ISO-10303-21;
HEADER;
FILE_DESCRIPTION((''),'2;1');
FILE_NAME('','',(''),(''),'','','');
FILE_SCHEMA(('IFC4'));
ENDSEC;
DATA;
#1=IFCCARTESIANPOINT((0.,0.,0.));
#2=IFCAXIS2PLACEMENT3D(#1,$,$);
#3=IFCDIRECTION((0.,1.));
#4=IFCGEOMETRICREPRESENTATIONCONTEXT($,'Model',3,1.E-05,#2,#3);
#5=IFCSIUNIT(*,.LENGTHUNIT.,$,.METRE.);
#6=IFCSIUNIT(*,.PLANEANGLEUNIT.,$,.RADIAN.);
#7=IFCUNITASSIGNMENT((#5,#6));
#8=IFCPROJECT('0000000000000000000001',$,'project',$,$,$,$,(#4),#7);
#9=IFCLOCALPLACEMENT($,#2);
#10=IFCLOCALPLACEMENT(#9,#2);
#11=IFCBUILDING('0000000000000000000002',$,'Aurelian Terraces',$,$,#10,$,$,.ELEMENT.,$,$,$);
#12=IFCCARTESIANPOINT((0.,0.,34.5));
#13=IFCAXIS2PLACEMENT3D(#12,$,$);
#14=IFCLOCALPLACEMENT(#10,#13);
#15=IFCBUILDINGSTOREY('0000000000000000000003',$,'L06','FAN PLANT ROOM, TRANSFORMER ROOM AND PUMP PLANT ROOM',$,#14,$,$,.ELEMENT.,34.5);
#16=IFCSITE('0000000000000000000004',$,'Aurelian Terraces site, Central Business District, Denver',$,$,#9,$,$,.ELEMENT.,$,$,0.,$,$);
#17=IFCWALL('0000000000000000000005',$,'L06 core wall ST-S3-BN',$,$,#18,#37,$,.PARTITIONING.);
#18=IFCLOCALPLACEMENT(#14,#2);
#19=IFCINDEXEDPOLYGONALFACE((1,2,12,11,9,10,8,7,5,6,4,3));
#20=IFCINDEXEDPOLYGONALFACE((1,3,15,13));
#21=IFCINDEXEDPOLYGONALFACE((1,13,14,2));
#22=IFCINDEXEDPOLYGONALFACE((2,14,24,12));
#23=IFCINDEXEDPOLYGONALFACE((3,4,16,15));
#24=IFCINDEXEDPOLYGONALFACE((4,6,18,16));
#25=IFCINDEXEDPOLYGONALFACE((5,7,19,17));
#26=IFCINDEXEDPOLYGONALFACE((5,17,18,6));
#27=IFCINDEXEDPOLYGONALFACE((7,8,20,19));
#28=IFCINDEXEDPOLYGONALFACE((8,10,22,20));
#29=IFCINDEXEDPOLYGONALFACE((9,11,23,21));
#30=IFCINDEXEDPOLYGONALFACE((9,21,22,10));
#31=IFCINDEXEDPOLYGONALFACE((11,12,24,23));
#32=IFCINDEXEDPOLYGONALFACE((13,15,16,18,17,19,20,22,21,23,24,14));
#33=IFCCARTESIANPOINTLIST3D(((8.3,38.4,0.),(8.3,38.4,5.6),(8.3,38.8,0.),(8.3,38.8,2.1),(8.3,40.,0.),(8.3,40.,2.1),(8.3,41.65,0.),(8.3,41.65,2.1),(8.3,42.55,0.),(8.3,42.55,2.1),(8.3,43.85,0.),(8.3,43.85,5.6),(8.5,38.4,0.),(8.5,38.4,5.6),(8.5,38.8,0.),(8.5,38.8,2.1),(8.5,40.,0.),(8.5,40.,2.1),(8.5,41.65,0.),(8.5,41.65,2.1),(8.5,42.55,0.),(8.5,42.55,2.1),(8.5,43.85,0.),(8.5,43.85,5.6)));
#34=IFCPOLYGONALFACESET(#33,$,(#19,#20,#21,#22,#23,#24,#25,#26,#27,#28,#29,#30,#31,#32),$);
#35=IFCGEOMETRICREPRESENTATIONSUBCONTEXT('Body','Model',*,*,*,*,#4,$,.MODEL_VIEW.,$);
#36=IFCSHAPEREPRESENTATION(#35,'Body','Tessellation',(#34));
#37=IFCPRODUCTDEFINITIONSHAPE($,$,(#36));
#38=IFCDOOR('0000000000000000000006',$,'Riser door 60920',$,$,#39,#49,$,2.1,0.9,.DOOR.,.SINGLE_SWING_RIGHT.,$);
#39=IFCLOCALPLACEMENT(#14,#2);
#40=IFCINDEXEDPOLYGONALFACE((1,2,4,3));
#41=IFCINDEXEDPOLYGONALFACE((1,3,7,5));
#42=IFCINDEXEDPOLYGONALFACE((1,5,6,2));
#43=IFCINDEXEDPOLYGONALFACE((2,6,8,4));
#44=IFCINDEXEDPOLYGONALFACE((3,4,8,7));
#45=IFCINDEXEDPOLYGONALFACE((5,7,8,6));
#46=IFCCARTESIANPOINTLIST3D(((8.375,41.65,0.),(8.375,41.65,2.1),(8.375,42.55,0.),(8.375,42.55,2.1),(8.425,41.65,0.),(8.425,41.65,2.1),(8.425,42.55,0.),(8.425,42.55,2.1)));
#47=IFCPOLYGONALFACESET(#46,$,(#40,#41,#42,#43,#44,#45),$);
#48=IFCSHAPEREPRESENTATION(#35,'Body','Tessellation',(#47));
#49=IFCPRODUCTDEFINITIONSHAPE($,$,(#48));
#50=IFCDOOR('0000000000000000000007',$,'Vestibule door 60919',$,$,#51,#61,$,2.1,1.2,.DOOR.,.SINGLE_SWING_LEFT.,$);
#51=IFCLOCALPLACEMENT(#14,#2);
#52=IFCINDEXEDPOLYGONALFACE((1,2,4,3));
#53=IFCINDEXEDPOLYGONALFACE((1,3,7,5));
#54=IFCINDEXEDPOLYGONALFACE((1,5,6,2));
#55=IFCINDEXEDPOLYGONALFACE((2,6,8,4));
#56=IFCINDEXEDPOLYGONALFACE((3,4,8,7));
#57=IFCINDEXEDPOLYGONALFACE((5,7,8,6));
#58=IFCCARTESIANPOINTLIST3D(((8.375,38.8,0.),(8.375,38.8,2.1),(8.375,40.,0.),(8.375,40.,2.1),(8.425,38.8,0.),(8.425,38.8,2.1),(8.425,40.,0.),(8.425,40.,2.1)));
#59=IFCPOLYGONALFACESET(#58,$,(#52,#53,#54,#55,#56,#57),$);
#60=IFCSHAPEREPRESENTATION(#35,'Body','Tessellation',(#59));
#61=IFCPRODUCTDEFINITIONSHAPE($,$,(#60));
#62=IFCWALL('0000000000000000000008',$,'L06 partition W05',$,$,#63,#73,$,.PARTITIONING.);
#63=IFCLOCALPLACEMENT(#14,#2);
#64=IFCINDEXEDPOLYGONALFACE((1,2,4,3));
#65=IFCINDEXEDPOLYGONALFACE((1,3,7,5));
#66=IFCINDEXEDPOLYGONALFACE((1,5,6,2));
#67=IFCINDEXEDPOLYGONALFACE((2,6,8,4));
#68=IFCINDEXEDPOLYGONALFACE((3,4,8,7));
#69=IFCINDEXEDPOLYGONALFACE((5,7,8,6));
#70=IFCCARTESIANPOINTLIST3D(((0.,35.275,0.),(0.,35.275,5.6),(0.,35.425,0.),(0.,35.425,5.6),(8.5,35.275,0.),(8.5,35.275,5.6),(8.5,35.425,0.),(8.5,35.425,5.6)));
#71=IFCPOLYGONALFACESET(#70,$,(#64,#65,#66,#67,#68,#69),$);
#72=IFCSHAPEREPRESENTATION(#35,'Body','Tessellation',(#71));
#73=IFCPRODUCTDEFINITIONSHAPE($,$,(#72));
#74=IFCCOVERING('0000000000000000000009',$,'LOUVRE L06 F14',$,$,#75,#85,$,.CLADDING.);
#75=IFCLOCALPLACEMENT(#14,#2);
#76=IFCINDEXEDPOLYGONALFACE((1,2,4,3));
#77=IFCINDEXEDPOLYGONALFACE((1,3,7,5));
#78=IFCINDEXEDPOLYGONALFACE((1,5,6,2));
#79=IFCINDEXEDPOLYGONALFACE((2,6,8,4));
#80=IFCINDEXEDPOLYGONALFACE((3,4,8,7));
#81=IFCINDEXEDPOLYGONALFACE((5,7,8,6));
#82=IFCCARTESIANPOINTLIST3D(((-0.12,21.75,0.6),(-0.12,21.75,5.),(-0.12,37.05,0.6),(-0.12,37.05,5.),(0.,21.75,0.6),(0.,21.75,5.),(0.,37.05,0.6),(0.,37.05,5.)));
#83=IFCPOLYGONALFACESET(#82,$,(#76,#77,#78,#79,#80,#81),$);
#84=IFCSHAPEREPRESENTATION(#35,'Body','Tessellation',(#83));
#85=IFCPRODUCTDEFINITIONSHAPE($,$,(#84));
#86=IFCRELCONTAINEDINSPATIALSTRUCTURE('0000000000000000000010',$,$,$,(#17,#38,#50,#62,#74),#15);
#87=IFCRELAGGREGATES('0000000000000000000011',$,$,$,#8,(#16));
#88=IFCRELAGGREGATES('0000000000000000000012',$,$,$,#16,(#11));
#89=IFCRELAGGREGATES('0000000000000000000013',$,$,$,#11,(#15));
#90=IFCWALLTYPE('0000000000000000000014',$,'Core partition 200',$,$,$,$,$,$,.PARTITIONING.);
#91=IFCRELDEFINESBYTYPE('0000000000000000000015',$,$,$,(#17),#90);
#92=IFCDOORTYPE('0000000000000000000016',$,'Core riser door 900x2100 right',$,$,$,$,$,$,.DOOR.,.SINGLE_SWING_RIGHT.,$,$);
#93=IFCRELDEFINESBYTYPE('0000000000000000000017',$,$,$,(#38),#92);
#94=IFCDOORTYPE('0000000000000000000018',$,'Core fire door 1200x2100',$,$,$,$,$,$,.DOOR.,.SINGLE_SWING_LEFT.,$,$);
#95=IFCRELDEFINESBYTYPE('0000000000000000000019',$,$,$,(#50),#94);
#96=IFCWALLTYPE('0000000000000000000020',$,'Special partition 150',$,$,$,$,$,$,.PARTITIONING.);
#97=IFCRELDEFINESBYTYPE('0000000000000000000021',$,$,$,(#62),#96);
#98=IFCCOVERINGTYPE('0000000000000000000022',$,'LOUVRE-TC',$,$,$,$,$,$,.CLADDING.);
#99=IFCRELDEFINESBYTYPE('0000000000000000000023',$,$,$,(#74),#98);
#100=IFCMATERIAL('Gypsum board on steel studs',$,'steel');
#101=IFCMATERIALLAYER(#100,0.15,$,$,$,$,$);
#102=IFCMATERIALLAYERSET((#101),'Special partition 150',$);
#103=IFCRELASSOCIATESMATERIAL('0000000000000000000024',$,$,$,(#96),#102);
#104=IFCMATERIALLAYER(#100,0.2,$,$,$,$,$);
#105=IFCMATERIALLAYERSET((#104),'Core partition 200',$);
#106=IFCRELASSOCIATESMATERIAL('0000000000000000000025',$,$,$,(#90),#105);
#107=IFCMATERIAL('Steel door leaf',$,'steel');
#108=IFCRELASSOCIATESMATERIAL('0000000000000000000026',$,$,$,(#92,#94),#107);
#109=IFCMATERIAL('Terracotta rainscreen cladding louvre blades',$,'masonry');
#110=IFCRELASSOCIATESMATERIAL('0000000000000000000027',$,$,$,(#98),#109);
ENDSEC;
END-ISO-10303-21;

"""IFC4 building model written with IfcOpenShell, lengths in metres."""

from ifc_helpers import new_model, si_unit, direction, frame, frame_2d, origin, origin_2d, place, context, subcontext, project, spatial, rectangle, extrude, source, transform, mapped, material, layer, layer_set, type_object, element, fill, save


model = new_model("IFC4")

# Units and contexts
model_context = context("Model", 3, precision=1e-05, world=origin(), true_north=direction((0.0, 1.0)))
body_context = subcontext(model_context, "Body", "Model", "MODEL_VIEW")
ifc_project = project(units=[si_unit("LENGTHUNIT", "METRE"), si_unit("PLANEANGLEUNIT", "RADIAN")], contexts=[model_context])

# Site, building, storey
site_placement = place(None, origin())
site = spatial("IfcSite", under=ifc_project, at=site_placement, Name="Aurelian Terraces site, Central Business District, Denver", CompositionType="ELEMENT", RefElevation=0.0)
building_placement = place(site_placement, origin())
building = spatial("IfcBuilding", under=site, at=building_placement, Name="Aurelian Terraces", CompositionType="ELEMENT")
storey_placement = place(building_placement, frame((0.0, 0.0, 34.5)))
storey = spatial("IfcBuildingStorey", under=building, at=storey_placement, Name="L06", Description="FAN PLANT ROOM, TRANSFORMER ROOM AND PUMP PLANT ROOM", CompositionType="ELEMENT", Elevation=34.5)

# Shared definitions
ifc_material_1 = material(Name="Gypsum board on steel studs", Category="steel")
ifc_layer_1 = layer(ifc_material_1, 0.15)
ifc_layer_set_1 = layer_set([ifc_layer_1], Name="Special partition 150")
wall_type_1 = type_object("IfcWallType", Name="Special partition 150", PredefinedType="PARTITIONING", material=ifc_layer_set_1)

# Shared definitions
ifc_material_2 = material(Name="Steel door leaf", Category="steel")
shared_shape_1 = source(origin(), body_context, "Body", "SweptSolid", [
    extrude(rectangle(XDim=1.2, YDim=2.1, at=frame_2d((0.6, 1.05))), frame((0.0, 0.025, 0.0), z_axis=(0.0, -1.0, 0.0), x_axis=(1.0, 0.0, 0.0)), (0.0, 0.0, 1.0), 0.05),
])

# Shared definitions
ifc_layer_2 = layer(ifc_material_1, 0.2)
ifc_layer_set_2 = layer_set([ifc_layer_2], Name="Core partition 200")
wall_type_2 = type_object("IfcWallType", Name="Core partition 200", PredefinedType="PARTITIONING", material=ifc_layer_set_2)

# Wall, openings, doors
shared_shape_2 = source(origin(), body_context, "Body", "SweptSolid", [
    extrude(rectangle(XDim=5.45, YDim=0.2, at=frame_2d((2.725, 0.0))), origin(), (0.0, 0.0, 1.0), 5.6),
])
wall_1_placement = place(storey_placement, frame((8.4, 38.4, 0.0), z_axis=(0.0, 0.0, 1.0), x_axis=(0.0, 1.0, 0.0)))
wall_1 = element("IfcWall", 1, at=wall_1_placement, inside=storey, type_object=wall_type_2, Name="L06 core wall ST-S3-BN", PredefinedType="PARTITIONING", context=body_context, shape_type="MappedRepresentation", body=[
    mapped(shared_shape_2, transform((0.0, 0.0, 0.0), scale=1.0)),
])
shared_shape_3 = source(origin(), body_context, "Body", "SweptSolid", [
    extrude(rectangle(XDim=1.2, YDim=2.1, at=frame_2d((0.6, 1.05))), frame((0.0, 0.11, 0.0), z_axis=(0.0, -1.0, 0.0), x_axis=(1.0, 0.0, 0.0)), (0.0, 0.0, 1.0), 0.22),
])
opening_1_placement = place(wall_1_placement, frame((0.4, 0.0, 0.0)))
opening_1 = element("IfcOpeningElement", 2, at=opening_1_placement, cuts=wall_1, PredefinedType="OPENING", context=body_context, shape_type="MappedRepresentation", body=[
    mapped(shared_shape_3, transform((0.0, 0.0, 0.0), scale=1.0)),
])
shared_shape_4 = source(origin(), body_context, "Body", "SweptSolid", [
    extrude(rectangle(XDim=0.9, YDim=2.1, at=frame_2d((0.45, 1.05))), frame((0.0, 0.11, 0.0), z_axis=(0.0, -1.0, 0.0), x_axis=(1.0, 0.0, 0.0)), (0.0, 0.0, 1.0), 0.22),
])
opening_2_placement = place(wall_1_placement, frame((3.25, 0.0, 0.0)))
opening_2 = element("IfcOpeningElement", 3, at=opening_2_placement, cuts=wall_1, PredefinedType="OPENING", context=body_context, shape_type="MappedRepresentation", body=[
    mapped(shared_shape_4, transform((0.0, 0.0, 0.0), scale=1.0)),
])
door_type_1 = type_object("IfcDoorType", Name="Core riser door 900x2100 right", OperationType="SINGLE_SWING_RIGHT", PredefinedType="DOOR", material=ifc_material_2)
shared_shape_5 = source(origin(), body_context, "Body", "SweptSolid", [
    extrude(rectangle(XDim=0.9, YDim=2.1, at=frame_2d((0.45, 1.05))), frame((0.0, 0.025, 0.0), z_axis=(0.0, -1.0, 0.0), x_axis=(1.0, 0.0, 0.0)), (0.0, 0.0, 1.0), 0.05),
])
door_1_placement = place(opening_2_placement, origin())
door_1 = element("IfcDoor", 4, at=door_1_placement, inside=storey, type_object=door_type_1, Name="Riser door 60920", OperationType="SINGLE_SWING_RIGHT", OverallHeight=2.1, OverallWidth=0.9, PredefinedType="DOOR", context=body_context, shape_type="MappedRepresentation", body=[
    mapped(shared_shape_5, transform((0.0, 0.0, 0.0), scale=1.0)),
])
fill(opening_2, door_1)
door_type_2 = type_object("IfcDoorType", Name="Core fire door 1200x2100", OperationType="SINGLE_SWING_LEFT", PredefinedType="DOOR", material=ifc_material_2)
door_2_placement = place(opening_1_placement, origin())
door_2 = element("IfcDoor", 5, at=door_2_placement, inside=storey, type_object=door_type_2, Name="Vestibule door 60919", OperationType="SINGLE_SWING_LEFT", OverallHeight=2.1, OverallWidth=1.2, PredefinedType="DOOR", context=body_context, shape_type="MappedRepresentation", body=[
    mapped(shared_shape_1, transform((0.0, 0.0, 0.0), scale=1.0)),
])
fill(opening_1, door_2)

# Wall
shared_shape_6 = source(origin(), body_context, "Body", "SweptSolid", [
    extrude(rectangle(XDim=8.5, YDim=0.15, at=frame_2d((4.25, 0.0))), origin(), (0.0, 0.0, 1.0), 5.6),
])
wall_2_placement = place(storey_placement, frame((0.0, 35.35, 0.0), z_axis=(0.0, 0.0, 1.0), x_axis=(1.0, 0.0, 0.0)))
element("IfcWall", 6, at=wall_2_placement, inside=storey, type_object=wall_type_1, Name="L06 partition W05", PredefinedType="PARTITIONING", context=body_context, shape_type="MappedRepresentation", body=[
    mapped(shared_shape_6, transform((0.0, 0.0, 0.0), scale=1.0)),
])

# Covering
ifc_material_3 = material(Name="Terracotta rainscreen cladding louvre blades", Category="masonry")
covering_type = type_object("IfcCoveringType", Name="LOUVRE-TC", PredefinedType="CLADDING", material=ifc_material_3)
covering_placement = place(storey_placement, frame((-0.06, 29.4, 0.6), z_axis=(0.0, 0.0, 1.0), x_axis=(1.0, 0.0, 0.0)))
element("IfcCovering", 7, at=covering_placement, inside=storey, type_object=covering_type, Name="LOUVRE L06 F14", PredefinedType="CLADDING", context=body_context, shape_type="SweptSolid", body=[
    extrude(rectangle(XDim=0.12, YDim=15.3, at=origin_2d()), origin(), (0.0, 0.0, 1.0), 4.4),
])

save(model, "model.ifc")
